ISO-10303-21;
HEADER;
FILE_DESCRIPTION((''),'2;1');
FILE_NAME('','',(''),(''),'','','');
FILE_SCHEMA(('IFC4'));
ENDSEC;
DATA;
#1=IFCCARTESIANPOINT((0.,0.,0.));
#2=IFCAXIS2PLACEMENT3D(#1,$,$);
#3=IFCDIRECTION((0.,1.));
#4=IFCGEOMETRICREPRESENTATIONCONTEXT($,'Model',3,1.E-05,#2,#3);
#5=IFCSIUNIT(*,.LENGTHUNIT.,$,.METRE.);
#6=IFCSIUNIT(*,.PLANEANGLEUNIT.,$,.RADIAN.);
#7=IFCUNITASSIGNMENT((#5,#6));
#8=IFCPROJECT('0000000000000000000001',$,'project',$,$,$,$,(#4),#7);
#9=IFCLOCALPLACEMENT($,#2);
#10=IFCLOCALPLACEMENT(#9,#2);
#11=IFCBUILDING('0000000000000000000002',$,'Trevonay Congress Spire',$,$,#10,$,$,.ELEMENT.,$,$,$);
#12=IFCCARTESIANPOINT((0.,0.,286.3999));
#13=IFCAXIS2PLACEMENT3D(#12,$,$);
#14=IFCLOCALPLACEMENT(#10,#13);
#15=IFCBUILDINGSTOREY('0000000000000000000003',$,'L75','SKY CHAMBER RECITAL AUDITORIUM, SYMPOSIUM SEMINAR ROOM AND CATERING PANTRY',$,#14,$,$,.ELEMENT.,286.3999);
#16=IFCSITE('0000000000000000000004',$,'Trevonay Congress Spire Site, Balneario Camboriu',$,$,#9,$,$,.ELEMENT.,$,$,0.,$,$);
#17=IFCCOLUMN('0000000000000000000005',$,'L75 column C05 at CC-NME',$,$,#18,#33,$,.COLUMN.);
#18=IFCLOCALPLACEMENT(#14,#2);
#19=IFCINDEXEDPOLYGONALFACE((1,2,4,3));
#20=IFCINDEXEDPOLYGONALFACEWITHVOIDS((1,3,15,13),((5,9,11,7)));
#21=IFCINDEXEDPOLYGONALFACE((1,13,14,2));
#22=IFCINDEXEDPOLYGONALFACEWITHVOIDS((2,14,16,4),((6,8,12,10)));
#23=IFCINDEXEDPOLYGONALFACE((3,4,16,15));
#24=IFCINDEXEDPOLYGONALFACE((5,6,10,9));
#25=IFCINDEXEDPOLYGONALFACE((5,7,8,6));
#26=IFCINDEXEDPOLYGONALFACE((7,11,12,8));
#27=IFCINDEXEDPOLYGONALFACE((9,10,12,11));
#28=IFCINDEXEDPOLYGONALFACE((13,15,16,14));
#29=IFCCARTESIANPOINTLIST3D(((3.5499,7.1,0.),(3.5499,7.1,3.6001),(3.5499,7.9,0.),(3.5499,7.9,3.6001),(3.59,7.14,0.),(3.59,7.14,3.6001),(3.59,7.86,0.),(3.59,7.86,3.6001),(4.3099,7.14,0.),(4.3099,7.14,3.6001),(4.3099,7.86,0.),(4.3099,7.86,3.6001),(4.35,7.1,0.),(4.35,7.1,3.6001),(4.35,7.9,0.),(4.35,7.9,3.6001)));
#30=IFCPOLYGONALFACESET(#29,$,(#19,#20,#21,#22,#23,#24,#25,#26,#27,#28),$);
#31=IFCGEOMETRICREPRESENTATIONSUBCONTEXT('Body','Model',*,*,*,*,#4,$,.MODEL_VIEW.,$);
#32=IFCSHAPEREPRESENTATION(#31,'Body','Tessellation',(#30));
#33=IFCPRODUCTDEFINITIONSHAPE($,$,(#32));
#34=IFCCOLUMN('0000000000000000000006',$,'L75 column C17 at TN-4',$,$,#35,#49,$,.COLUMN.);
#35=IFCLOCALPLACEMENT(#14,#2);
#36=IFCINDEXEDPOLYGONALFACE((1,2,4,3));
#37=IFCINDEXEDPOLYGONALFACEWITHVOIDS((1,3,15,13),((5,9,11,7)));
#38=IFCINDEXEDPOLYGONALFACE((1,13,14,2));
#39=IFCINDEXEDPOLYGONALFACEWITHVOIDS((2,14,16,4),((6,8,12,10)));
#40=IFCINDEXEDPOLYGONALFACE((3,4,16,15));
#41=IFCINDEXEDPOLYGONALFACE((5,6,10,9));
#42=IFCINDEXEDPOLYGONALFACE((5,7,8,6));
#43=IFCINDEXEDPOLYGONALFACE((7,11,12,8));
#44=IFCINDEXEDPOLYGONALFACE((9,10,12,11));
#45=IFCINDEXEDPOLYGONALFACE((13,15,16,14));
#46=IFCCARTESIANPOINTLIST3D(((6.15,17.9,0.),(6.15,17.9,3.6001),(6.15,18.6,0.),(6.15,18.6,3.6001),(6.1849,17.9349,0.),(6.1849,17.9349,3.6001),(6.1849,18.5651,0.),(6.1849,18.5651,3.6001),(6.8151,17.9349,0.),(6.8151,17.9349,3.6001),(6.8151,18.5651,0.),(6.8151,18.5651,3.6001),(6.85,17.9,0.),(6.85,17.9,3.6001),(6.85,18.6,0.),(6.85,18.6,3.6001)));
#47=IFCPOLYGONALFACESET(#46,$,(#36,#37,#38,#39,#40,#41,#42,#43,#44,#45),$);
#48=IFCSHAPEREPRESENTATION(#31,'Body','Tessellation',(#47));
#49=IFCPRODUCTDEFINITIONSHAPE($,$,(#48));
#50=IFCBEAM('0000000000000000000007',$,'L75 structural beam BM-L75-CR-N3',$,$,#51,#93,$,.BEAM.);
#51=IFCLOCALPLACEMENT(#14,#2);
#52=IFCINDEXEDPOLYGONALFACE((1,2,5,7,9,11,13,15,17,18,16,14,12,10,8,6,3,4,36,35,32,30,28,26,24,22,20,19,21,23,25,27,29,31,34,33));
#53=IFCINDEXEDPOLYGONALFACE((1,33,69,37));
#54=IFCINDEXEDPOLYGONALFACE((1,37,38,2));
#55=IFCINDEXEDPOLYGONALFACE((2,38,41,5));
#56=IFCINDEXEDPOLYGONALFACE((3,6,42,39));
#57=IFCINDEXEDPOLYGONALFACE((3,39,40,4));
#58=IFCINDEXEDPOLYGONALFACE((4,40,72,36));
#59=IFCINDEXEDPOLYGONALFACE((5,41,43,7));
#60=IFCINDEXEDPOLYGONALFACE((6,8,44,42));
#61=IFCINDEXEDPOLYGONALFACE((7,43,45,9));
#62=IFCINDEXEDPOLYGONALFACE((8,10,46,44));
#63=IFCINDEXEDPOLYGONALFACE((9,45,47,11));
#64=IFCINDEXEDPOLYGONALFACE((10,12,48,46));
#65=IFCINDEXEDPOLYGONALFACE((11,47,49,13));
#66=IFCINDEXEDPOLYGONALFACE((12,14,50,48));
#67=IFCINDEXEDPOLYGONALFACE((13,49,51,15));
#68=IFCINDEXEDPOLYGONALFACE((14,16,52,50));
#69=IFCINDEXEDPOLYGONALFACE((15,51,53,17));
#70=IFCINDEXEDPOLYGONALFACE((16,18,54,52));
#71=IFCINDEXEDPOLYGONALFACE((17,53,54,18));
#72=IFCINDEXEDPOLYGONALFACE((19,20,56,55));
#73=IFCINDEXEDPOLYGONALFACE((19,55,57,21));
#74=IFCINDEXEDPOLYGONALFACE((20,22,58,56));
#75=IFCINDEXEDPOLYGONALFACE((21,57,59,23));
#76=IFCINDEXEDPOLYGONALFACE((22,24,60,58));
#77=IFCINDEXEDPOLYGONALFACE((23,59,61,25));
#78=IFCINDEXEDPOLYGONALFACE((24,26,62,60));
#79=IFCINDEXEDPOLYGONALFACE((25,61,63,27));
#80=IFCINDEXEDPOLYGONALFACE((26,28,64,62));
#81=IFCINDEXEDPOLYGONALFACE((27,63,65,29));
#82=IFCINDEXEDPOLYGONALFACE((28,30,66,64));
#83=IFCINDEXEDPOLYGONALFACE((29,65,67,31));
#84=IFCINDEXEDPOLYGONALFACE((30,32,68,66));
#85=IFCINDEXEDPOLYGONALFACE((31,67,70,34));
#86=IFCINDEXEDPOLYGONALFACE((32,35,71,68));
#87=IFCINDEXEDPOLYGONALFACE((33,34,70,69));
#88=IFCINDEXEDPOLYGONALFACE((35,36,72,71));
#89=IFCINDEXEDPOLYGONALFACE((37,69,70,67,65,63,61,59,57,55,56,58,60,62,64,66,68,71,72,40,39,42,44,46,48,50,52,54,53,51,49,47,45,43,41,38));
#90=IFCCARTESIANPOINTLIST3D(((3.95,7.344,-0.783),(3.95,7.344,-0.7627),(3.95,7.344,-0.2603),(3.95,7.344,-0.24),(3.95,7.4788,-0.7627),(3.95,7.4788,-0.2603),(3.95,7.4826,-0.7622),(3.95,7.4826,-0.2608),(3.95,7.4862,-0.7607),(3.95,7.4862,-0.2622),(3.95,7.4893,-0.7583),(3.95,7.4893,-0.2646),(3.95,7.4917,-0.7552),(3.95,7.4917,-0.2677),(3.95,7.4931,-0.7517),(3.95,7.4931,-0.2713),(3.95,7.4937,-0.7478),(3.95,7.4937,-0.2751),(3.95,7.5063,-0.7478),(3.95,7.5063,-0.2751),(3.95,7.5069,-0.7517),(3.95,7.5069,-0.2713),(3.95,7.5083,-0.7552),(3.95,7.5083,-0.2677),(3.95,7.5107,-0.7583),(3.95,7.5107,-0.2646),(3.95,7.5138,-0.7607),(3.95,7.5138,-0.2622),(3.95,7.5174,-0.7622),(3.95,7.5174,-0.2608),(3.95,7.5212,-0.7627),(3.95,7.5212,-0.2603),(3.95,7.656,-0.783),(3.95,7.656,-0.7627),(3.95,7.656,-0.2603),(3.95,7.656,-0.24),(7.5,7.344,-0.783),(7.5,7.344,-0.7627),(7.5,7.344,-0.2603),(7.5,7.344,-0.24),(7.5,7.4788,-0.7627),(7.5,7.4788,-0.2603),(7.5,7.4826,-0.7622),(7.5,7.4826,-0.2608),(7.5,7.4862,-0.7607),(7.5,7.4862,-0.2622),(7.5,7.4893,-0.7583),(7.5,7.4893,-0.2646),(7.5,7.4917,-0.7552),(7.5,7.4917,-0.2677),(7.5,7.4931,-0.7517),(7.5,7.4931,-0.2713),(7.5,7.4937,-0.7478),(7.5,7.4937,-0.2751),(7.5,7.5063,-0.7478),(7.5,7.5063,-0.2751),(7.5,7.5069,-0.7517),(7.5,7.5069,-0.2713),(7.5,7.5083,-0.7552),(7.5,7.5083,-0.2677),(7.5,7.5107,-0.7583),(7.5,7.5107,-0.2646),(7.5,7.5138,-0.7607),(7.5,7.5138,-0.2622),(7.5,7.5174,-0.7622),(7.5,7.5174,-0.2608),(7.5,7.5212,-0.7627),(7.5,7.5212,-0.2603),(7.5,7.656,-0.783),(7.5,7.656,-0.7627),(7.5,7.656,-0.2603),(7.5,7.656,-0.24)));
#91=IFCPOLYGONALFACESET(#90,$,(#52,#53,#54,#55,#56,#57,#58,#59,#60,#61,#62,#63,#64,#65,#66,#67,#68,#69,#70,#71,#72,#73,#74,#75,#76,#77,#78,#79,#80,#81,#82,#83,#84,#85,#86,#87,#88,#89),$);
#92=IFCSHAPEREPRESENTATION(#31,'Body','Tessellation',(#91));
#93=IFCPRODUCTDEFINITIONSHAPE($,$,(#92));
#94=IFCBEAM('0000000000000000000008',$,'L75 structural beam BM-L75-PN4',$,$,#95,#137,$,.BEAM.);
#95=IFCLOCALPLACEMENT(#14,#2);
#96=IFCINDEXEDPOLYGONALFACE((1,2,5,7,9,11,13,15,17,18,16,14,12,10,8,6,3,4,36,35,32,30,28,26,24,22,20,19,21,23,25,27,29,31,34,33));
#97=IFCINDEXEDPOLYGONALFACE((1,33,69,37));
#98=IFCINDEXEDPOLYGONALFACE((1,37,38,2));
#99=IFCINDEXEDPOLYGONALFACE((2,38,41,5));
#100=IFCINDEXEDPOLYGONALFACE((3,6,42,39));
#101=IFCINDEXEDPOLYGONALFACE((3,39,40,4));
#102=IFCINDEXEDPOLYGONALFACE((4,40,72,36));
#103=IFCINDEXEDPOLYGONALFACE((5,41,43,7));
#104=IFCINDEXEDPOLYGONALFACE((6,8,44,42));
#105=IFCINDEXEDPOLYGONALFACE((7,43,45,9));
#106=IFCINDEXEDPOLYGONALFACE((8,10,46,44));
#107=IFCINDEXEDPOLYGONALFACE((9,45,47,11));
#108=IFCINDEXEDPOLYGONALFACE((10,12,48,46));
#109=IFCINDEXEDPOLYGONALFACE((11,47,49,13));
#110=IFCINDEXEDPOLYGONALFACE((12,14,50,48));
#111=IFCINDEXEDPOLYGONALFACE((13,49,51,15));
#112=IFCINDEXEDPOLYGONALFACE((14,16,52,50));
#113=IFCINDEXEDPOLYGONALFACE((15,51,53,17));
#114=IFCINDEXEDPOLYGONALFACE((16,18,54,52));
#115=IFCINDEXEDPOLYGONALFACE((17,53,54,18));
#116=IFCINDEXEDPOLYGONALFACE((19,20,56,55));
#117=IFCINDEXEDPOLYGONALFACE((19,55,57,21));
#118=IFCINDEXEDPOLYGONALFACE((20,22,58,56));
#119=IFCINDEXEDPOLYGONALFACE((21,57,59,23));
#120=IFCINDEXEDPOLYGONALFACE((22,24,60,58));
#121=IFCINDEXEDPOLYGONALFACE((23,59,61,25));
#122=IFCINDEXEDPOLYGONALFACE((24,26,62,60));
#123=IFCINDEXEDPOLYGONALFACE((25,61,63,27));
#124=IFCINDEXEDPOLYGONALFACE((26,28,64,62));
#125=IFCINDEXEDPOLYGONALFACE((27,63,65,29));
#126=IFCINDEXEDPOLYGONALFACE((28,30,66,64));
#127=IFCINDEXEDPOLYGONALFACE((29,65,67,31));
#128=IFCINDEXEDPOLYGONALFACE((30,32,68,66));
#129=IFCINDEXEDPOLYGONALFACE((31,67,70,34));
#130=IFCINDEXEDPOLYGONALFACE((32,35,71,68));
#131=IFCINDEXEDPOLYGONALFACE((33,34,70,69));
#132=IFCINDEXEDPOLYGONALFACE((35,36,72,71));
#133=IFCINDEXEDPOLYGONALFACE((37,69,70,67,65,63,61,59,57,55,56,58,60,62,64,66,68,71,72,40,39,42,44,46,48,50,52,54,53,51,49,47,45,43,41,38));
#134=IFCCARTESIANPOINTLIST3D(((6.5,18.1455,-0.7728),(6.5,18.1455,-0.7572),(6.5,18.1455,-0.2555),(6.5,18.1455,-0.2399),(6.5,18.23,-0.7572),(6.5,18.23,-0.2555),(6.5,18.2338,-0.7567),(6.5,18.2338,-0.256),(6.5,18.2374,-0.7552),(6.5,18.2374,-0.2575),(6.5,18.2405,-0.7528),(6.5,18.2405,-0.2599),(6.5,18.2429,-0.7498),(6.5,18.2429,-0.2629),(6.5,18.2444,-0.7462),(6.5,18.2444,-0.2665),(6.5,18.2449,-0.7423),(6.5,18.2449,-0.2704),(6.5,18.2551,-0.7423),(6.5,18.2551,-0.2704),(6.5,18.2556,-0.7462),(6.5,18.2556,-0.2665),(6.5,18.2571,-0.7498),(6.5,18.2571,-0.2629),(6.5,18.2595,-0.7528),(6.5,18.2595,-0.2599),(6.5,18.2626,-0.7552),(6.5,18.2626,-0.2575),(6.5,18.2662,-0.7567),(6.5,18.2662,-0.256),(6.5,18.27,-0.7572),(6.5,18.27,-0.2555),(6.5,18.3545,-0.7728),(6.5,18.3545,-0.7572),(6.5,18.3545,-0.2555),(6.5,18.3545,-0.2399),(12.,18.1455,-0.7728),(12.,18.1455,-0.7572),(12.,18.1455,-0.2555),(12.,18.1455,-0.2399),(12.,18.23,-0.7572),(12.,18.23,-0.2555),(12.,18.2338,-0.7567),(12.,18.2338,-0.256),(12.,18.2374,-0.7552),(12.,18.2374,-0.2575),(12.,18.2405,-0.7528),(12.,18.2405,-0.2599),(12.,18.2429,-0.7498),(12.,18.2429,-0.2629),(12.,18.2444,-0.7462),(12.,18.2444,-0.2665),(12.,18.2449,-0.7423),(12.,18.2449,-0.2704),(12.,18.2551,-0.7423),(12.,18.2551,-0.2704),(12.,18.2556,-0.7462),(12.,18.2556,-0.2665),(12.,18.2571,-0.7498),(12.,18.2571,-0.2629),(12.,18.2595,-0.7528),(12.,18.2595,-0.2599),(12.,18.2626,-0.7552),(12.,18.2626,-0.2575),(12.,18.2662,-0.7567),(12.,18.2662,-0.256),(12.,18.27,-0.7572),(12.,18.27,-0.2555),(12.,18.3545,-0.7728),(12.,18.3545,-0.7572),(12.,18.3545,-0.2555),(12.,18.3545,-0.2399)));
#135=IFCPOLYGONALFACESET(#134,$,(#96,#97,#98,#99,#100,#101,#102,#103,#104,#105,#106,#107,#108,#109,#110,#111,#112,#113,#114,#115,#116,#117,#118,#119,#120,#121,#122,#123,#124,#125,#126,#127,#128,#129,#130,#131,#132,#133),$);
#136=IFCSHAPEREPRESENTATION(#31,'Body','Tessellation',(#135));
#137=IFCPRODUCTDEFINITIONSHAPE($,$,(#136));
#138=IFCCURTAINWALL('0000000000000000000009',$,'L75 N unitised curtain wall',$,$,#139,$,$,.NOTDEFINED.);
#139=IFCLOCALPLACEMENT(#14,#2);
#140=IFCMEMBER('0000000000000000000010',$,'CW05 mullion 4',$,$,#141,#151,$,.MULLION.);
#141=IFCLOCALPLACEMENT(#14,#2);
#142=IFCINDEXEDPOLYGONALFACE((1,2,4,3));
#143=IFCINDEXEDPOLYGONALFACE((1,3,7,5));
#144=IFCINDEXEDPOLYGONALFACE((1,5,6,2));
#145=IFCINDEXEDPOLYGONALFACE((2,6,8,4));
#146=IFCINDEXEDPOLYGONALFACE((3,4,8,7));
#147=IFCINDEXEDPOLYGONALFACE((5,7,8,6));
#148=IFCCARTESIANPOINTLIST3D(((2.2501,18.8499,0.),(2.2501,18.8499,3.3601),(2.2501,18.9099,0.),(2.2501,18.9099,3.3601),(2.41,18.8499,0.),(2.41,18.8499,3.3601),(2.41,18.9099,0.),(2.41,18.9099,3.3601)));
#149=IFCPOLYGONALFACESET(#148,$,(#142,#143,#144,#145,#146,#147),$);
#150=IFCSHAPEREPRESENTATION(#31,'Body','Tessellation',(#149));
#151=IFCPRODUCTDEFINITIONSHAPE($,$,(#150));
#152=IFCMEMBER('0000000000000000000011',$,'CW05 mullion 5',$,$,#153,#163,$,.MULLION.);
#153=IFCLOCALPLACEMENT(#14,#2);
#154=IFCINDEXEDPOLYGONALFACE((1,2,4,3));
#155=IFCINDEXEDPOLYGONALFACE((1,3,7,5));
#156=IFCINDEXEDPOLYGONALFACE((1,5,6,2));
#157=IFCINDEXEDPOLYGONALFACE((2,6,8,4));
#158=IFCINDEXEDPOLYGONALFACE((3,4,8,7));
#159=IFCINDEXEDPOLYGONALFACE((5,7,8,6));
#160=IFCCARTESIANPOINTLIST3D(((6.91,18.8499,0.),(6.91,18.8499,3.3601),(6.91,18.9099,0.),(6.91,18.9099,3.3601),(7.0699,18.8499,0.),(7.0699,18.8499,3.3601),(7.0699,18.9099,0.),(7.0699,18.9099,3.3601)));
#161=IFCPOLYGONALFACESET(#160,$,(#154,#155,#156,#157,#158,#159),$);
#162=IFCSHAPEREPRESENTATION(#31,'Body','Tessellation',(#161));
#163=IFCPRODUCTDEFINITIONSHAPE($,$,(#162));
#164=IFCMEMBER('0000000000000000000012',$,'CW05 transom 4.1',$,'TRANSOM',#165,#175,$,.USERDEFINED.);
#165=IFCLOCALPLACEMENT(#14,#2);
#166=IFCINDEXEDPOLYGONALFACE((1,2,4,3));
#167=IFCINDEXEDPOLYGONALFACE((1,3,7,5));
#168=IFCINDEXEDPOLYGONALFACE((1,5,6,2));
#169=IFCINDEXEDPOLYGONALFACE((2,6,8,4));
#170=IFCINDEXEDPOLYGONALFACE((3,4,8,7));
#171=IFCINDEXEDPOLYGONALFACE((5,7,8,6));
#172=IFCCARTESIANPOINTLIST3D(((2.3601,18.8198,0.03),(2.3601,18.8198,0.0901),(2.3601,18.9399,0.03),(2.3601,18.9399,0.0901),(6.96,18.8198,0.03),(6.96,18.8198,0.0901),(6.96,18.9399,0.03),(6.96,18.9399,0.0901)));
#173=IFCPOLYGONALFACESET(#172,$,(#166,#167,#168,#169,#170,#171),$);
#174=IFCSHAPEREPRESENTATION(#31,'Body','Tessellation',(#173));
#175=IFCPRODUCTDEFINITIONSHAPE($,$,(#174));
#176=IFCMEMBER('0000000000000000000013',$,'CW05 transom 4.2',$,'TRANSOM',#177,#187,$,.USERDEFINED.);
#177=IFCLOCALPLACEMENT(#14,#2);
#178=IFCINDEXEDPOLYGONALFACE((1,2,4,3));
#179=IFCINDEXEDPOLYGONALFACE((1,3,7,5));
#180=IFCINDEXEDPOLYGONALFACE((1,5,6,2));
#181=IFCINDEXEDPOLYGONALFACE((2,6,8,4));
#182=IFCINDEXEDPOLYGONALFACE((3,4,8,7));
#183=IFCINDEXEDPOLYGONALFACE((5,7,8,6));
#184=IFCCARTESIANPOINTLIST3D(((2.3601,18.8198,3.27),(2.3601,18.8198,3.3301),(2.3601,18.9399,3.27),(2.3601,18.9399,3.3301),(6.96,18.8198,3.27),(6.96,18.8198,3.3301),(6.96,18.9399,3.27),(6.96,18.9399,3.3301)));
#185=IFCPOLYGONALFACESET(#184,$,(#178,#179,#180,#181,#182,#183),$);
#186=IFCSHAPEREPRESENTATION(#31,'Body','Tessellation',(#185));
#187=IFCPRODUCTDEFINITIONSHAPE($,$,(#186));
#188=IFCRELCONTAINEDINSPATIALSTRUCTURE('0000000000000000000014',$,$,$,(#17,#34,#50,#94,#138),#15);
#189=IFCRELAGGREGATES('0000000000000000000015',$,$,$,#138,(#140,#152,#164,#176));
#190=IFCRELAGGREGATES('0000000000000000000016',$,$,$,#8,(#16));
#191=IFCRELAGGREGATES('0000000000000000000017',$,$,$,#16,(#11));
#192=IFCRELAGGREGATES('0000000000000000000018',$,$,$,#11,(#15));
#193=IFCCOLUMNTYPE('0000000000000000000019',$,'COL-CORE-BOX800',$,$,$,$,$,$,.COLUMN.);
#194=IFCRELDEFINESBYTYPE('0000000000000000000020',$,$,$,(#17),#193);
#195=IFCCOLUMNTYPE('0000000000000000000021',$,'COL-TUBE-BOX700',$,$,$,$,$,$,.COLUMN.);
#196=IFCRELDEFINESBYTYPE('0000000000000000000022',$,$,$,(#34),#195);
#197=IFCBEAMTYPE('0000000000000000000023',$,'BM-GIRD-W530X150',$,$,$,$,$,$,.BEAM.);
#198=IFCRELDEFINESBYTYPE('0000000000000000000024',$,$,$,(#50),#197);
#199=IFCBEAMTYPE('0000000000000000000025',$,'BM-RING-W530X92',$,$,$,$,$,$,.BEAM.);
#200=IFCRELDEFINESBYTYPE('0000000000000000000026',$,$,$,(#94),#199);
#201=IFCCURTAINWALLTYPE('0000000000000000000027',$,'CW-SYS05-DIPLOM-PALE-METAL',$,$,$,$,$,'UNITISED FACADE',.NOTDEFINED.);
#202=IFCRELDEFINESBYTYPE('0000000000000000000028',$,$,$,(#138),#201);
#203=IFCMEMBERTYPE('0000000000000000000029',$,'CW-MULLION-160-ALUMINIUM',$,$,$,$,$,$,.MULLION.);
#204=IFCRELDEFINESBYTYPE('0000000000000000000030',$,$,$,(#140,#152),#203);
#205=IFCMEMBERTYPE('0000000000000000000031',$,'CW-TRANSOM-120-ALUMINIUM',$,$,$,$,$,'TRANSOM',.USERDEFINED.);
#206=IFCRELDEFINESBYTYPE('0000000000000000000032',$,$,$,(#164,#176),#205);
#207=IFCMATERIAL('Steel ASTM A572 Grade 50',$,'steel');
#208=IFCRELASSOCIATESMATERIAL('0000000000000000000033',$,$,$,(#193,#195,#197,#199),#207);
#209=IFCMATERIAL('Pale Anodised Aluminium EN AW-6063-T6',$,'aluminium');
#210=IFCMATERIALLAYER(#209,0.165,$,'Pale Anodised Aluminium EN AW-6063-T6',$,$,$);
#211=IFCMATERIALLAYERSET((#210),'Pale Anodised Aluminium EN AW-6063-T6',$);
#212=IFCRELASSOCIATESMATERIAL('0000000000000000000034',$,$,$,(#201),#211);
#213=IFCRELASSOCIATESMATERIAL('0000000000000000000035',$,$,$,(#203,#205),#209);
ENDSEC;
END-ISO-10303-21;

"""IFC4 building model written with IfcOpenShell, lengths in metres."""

from ifc_helpers import new_model, si_unit, direction, frame, origin, origin_2d, place, context, subcontext, project, spatial, rectangle, hollow_rectangle, i_section, extrude, material, layer, layer_set, material_profile, profile_set, type_object, element, aggregate, save


model = new_model("IFC4")

# Units and contexts
model_context = context("Model", 3, precision=1e-05, world=origin(), true_north=direction((0.0, 1.0)))
body_context = subcontext(model_context, "Body", "Model", "MODEL_VIEW")
ifc_project = project(units=[si_unit("LENGTHUNIT", "METRE"), si_unit("PLANEANGLEUNIT", "RADIAN")], contexts=[model_context])

# Site, building, storey
site_placement = place(None, origin())
site = spatial("IfcSite", under=ifc_project, at=site_placement, Name="Trevonay Congress Spire Site, Balneario Camboriu", CompositionType="ELEMENT", RefElevation=0.0)
building_placement = place(site_placement, origin())
building = spatial("IfcBuilding", under=site, at=building_placement, Name="Trevonay Congress Spire", CompositionType="ELEMENT")
storey_placement = place(building_placement, frame((0.0, 0.0, 286.3999)))
storey = spatial("IfcBuildingStorey", under=building, at=storey_placement, Name="L75", Description="SKY CHAMBER RECITAL AUDITORIUM, SYMPOSIUM SEMINAR ROOM AND CATERING PANTRY", CompositionType="ELEMENT", Elevation=286.3999)

# Columns
ifc_material_1 = material(Name="Steel ASTM A572 Grade 50", Category="steel")
ifc_material_profile_1 = material_profile(ifc_material_1, hollow_rectangle(XDim=0.8, YDim=0.8, WallThickness=0.04, at=origin_2d()), Name="BOX 800x800x40")
ifc_profile_set_1 = profile_set([ifc_material_profile_1], Name="Steel ASTM A572 Grade 50")
column_type_1 = type_object("IfcColumnType", Name="COL-CORE-BOX800", PredefinedType="COLUMN", material=ifc_profile_set_1)
column_1_placement = place(storey_placement, frame((3.95, 7.5, 0.0), z_axis=(0.0, 0.0, 1.0), x_axis=(1.0, 0.0, 0.0)))
element("IfcColumn", 1, at=column_1_placement, inside=storey, type_object=column_type_1, Name="L75 column C05 at CC-NME", PredefinedType="COLUMN", context=body_context, shape_type="SweptSolid", body=[
    extrude(hollow_rectangle(XDim=0.8, YDim=0.8, WallThickness=0.04, at=origin_2d()), origin(), (0.0, 0.0, 1.0), 3.6001),
])
ifc_material_profile_2 = material_profile(ifc_material_1, hollow_rectangle(XDim=0.7, YDim=0.7, WallThickness=0.0349, at=origin_2d()), Name="BOX 700x700x35")
ifc_profile_set_2 = profile_set([ifc_material_profile_2], Name="Steel ASTM A572 Grade 50")
column_type_2 = type_object("IfcColumnType", Name="COL-TUBE-BOX700", PredefinedType="COLUMN", material=ifc_profile_set_2)
column_2_placement = place(storey_placement, frame((6.5, 18.25, 0.0), z_axis=(0.0, 0.0, 1.0), x_axis=(1.0, 0.0, 0.0)))
element("IfcColumn", 2, at=column_2_placement, inside=storey, type_object=column_type_2, Name="L75 column C17 at TN-4", PredefinedType="COLUMN", context=body_context, shape_type="SweptSolid", body=[
    extrude(hollow_rectangle(XDim=0.7, YDim=0.7, WallThickness=0.0349, at=origin_2d()), origin(), (0.0, 0.0, 1.0), 3.6001),
])

# Beams
ifc_material_profile_3 = material_profile(ifc_material_1, i_section(OverallWidth=0.312, OverallDepth=0.543, WebThickness=0.0127, FlangeThickness=0.0203, FilletRadius=0.0149, at=origin_2d()), Name="W530x150")
ifc_profile_set_3 = profile_set([ifc_material_profile_3], Name="Steel ASTM A572 Grade 50")
beam_type_1 = type_object("IfcBeamType", Name="BM-GIRD-W530X150", PredefinedType="BEAM", material=ifc_profile_set_3)
beam_1_placement = place(storey_placement, frame((3.95, 7.5, -0.5115), z_axis=(1.0, 0.0, 0.0), x_axis=(0.0, 1.0, 0.0)))
element("IfcBeam", 3, at=beam_1_placement, inside=storey, type_object=beam_type_1, Name="L75 structural beam BM-L75-CR-N3", PredefinedType="BEAM", context=body_context, shape_type="SweptSolid", body=[
    extrude(i_section(OverallWidth=0.312, OverallDepth=0.543, WebThickness=0.0127, FlangeThickness=0.0203, FilletRadius=0.0149, at=origin_2d()), origin(), (0.0, 0.0, 1.0), 3.55),
])
ifc_material_profile_4 = material_profile(ifc_material_1, i_section(OverallWidth=0.209, OverallDepth=0.533, WebThickness=0.0103, FlangeThickness=0.0156, FilletRadius=0.0149, at=origin_2d()), Name="W530x92")
ifc_profile_set_4 = profile_set([ifc_material_profile_4], Name="Steel ASTM A572 Grade 50")
beam_type_2 = type_object("IfcBeamType", Name="BM-RING-W530X92", PredefinedType="BEAM", material=ifc_profile_set_4)
beam_2_placement = place(storey_placement, frame((6.5, 18.25, -0.5063), z_axis=(1.0, 0.0, 0.0), x_axis=(0.0, 1.0, 0.0)))
element("IfcBeam", 4, at=beam_2_placement, inside=storey, type_object=beam_type_2, Name="L75 structural beam BM-L75-PN4", PredefinedType="BEAM", context=body_context, shape_type="SweptSolid", body=[
    extrude(i_section(OverallWidth=0.209, OverallDepth=0.533, WebThickness=0.0103, FlangeThickness=0.0156, FilletRadius=0.0149, at=origin_2d()), origin(), (0.0, 0.0, 1.0), 5.5),
])

# Curtain wall, members
ifc_material_2 = material(Name="Pale Anodised Aluminium EN AW-6063-T6", Category="aluminium")
ifc_layer_1 = layer(ifc_material_2, 0.165, Name="Pale Anodised Aluminium EN AW-6063-T6")
ifc_layer_set_1 = layer_set([ifc_layer_1], Name="Pale Anodised Aluminium EN AW-6063-T6")
curtain_wall_type = type_object("IfcCurtainWallType", Name="CW-SYS05-DIPLOM-PALE-METAL", ElementType="UNITISED FACADE", PredefinedType="NOTDEFINED", material=ifc_layer_set_1)
curtain_wall_placement = place(storey_placement, origin())
curtain_wall = element("IfcCurtainWall", 5, at=curtain_wall_placement, inside=storey, type_object=curtain_wall_type, Name="L75 N unitised curtain wall", PredefinedType="NOTDEFINED")
ifc_material_profile_5 = material_profile(ifc_material_2, rectangle(XDim=0.0601, YDim=0.1599, at=origin_2d()), Name="CW-MULLION-160-ALUMINIUM")
ifc_profile_set_5 = profile_set([ifc_material_profile_5], Name="Pale Anodised Aluminium EN AW-6063-T6")
member_type_1 = type_object("IfcMemberType", Name="CW-MULLION-160-ALUMINIUM", PredefinedType="MULLION", material=ifc_profile_set_5)
member_1_placement = place(storey_placement, frame((2.3301, 18.8799, 0.0), z_axis=(0.0, 0.0, 1.0), x_axis=(0.0, 1.0, 0.0)))
member_1 = element("IfcMember", 6, at=member_1_placement, type_object=member_type_1, Name="CW05 mullion 4", PredefinedType="MULLION", context=body_context, shape_type="SweptSolid", body=[
    extrude(rectangle(XDim=0.0601, YDim=0.1599, at=origin_2d()), origin(), (0.0, 0.0, 1.0), 3.3601),
])
member_2_placement = place(storey_placement, frame((6.99, 18.8799, 0.0), z_axis=(0.0, 0.0, 1.0), x_axis=(0.0, 1.0, 0.0)))
member_2 = element("IfcMember", 7, at=member_2_placement, type_object=member_type_1, Name="CW05 mullion 5", PredefinedType="MULLION", context=body_context, shape_type="SweptSolid", body=[
    extrude(rectangle(XDim=0.0601, YDim=0.1599, at=origin_2d()), origin(), (0.0, 0.0, 1.0), 3.3601),
])
ifc_material_profile_6 = material_profile(ifc_material_2, rectangle(XDim=0.1201, YDim=0.0601, at=origin_2d()), Name="CW-TRANSOM-120-ALUMINIUM")
ifc_profile_set_6 = profile_set([ifc_material_profile_6], Name="Pale Anodised Aluminium EN AW-6063-T6")
member_type_2 = type_object("IfcMemberType", Name="CW-TRANSOM-120-ALUMINIUM", ElementType="TRANSOM", PredefinedType="USERDEFINED", material=ifc_profile_set_6)
member_3_placement = place(storey_placement, frame((2.3601, 18.8799, 0.0601), z_axis=(1.0, 0.0, 0.0), x_axis=(0.0, 1.0, 0.0)))
member_3 = element("IfcMember", 8, at=member_3_placement, type_object=member_type_2, Name="CW05 transom 4.1", ObjectType="TRANSOM", PredefinedType="USERDEFINED", context=body_context, shape_type="SweptSolid", body=[
    extrude(rectangle(XDim=0.1201, YDim=0.0601, at=origin_2d()), origin(), (0.0, 0.0, 1.0), 4.5999),
])
member_4_placement = place(storey_placement, frame((2.3601, 18.8799, 3.3), z_axis=(1.0, 0.0, 0.0), x_axis=(0.0, 1.0, 0.0)))
member_4 = element("IfcMember", 9, at=member_4_placement, type_object=member_type_2, Name="CW05 transom 4.2", ObjectType="TRANSOM", PredefinedType="USERDEFINED", context=body_context, shape_type="SweptSolid", body=[
    extrude(rectangle(XDim=0.1201, YDim=0.0601, at=origin_2d()), origin(), (0.0, 0.0, 1.0), 4.5999),
])
aggregate(curtain_wall, [member_1, member_2, member_3, member_4])

save(model, "model.ifc")
